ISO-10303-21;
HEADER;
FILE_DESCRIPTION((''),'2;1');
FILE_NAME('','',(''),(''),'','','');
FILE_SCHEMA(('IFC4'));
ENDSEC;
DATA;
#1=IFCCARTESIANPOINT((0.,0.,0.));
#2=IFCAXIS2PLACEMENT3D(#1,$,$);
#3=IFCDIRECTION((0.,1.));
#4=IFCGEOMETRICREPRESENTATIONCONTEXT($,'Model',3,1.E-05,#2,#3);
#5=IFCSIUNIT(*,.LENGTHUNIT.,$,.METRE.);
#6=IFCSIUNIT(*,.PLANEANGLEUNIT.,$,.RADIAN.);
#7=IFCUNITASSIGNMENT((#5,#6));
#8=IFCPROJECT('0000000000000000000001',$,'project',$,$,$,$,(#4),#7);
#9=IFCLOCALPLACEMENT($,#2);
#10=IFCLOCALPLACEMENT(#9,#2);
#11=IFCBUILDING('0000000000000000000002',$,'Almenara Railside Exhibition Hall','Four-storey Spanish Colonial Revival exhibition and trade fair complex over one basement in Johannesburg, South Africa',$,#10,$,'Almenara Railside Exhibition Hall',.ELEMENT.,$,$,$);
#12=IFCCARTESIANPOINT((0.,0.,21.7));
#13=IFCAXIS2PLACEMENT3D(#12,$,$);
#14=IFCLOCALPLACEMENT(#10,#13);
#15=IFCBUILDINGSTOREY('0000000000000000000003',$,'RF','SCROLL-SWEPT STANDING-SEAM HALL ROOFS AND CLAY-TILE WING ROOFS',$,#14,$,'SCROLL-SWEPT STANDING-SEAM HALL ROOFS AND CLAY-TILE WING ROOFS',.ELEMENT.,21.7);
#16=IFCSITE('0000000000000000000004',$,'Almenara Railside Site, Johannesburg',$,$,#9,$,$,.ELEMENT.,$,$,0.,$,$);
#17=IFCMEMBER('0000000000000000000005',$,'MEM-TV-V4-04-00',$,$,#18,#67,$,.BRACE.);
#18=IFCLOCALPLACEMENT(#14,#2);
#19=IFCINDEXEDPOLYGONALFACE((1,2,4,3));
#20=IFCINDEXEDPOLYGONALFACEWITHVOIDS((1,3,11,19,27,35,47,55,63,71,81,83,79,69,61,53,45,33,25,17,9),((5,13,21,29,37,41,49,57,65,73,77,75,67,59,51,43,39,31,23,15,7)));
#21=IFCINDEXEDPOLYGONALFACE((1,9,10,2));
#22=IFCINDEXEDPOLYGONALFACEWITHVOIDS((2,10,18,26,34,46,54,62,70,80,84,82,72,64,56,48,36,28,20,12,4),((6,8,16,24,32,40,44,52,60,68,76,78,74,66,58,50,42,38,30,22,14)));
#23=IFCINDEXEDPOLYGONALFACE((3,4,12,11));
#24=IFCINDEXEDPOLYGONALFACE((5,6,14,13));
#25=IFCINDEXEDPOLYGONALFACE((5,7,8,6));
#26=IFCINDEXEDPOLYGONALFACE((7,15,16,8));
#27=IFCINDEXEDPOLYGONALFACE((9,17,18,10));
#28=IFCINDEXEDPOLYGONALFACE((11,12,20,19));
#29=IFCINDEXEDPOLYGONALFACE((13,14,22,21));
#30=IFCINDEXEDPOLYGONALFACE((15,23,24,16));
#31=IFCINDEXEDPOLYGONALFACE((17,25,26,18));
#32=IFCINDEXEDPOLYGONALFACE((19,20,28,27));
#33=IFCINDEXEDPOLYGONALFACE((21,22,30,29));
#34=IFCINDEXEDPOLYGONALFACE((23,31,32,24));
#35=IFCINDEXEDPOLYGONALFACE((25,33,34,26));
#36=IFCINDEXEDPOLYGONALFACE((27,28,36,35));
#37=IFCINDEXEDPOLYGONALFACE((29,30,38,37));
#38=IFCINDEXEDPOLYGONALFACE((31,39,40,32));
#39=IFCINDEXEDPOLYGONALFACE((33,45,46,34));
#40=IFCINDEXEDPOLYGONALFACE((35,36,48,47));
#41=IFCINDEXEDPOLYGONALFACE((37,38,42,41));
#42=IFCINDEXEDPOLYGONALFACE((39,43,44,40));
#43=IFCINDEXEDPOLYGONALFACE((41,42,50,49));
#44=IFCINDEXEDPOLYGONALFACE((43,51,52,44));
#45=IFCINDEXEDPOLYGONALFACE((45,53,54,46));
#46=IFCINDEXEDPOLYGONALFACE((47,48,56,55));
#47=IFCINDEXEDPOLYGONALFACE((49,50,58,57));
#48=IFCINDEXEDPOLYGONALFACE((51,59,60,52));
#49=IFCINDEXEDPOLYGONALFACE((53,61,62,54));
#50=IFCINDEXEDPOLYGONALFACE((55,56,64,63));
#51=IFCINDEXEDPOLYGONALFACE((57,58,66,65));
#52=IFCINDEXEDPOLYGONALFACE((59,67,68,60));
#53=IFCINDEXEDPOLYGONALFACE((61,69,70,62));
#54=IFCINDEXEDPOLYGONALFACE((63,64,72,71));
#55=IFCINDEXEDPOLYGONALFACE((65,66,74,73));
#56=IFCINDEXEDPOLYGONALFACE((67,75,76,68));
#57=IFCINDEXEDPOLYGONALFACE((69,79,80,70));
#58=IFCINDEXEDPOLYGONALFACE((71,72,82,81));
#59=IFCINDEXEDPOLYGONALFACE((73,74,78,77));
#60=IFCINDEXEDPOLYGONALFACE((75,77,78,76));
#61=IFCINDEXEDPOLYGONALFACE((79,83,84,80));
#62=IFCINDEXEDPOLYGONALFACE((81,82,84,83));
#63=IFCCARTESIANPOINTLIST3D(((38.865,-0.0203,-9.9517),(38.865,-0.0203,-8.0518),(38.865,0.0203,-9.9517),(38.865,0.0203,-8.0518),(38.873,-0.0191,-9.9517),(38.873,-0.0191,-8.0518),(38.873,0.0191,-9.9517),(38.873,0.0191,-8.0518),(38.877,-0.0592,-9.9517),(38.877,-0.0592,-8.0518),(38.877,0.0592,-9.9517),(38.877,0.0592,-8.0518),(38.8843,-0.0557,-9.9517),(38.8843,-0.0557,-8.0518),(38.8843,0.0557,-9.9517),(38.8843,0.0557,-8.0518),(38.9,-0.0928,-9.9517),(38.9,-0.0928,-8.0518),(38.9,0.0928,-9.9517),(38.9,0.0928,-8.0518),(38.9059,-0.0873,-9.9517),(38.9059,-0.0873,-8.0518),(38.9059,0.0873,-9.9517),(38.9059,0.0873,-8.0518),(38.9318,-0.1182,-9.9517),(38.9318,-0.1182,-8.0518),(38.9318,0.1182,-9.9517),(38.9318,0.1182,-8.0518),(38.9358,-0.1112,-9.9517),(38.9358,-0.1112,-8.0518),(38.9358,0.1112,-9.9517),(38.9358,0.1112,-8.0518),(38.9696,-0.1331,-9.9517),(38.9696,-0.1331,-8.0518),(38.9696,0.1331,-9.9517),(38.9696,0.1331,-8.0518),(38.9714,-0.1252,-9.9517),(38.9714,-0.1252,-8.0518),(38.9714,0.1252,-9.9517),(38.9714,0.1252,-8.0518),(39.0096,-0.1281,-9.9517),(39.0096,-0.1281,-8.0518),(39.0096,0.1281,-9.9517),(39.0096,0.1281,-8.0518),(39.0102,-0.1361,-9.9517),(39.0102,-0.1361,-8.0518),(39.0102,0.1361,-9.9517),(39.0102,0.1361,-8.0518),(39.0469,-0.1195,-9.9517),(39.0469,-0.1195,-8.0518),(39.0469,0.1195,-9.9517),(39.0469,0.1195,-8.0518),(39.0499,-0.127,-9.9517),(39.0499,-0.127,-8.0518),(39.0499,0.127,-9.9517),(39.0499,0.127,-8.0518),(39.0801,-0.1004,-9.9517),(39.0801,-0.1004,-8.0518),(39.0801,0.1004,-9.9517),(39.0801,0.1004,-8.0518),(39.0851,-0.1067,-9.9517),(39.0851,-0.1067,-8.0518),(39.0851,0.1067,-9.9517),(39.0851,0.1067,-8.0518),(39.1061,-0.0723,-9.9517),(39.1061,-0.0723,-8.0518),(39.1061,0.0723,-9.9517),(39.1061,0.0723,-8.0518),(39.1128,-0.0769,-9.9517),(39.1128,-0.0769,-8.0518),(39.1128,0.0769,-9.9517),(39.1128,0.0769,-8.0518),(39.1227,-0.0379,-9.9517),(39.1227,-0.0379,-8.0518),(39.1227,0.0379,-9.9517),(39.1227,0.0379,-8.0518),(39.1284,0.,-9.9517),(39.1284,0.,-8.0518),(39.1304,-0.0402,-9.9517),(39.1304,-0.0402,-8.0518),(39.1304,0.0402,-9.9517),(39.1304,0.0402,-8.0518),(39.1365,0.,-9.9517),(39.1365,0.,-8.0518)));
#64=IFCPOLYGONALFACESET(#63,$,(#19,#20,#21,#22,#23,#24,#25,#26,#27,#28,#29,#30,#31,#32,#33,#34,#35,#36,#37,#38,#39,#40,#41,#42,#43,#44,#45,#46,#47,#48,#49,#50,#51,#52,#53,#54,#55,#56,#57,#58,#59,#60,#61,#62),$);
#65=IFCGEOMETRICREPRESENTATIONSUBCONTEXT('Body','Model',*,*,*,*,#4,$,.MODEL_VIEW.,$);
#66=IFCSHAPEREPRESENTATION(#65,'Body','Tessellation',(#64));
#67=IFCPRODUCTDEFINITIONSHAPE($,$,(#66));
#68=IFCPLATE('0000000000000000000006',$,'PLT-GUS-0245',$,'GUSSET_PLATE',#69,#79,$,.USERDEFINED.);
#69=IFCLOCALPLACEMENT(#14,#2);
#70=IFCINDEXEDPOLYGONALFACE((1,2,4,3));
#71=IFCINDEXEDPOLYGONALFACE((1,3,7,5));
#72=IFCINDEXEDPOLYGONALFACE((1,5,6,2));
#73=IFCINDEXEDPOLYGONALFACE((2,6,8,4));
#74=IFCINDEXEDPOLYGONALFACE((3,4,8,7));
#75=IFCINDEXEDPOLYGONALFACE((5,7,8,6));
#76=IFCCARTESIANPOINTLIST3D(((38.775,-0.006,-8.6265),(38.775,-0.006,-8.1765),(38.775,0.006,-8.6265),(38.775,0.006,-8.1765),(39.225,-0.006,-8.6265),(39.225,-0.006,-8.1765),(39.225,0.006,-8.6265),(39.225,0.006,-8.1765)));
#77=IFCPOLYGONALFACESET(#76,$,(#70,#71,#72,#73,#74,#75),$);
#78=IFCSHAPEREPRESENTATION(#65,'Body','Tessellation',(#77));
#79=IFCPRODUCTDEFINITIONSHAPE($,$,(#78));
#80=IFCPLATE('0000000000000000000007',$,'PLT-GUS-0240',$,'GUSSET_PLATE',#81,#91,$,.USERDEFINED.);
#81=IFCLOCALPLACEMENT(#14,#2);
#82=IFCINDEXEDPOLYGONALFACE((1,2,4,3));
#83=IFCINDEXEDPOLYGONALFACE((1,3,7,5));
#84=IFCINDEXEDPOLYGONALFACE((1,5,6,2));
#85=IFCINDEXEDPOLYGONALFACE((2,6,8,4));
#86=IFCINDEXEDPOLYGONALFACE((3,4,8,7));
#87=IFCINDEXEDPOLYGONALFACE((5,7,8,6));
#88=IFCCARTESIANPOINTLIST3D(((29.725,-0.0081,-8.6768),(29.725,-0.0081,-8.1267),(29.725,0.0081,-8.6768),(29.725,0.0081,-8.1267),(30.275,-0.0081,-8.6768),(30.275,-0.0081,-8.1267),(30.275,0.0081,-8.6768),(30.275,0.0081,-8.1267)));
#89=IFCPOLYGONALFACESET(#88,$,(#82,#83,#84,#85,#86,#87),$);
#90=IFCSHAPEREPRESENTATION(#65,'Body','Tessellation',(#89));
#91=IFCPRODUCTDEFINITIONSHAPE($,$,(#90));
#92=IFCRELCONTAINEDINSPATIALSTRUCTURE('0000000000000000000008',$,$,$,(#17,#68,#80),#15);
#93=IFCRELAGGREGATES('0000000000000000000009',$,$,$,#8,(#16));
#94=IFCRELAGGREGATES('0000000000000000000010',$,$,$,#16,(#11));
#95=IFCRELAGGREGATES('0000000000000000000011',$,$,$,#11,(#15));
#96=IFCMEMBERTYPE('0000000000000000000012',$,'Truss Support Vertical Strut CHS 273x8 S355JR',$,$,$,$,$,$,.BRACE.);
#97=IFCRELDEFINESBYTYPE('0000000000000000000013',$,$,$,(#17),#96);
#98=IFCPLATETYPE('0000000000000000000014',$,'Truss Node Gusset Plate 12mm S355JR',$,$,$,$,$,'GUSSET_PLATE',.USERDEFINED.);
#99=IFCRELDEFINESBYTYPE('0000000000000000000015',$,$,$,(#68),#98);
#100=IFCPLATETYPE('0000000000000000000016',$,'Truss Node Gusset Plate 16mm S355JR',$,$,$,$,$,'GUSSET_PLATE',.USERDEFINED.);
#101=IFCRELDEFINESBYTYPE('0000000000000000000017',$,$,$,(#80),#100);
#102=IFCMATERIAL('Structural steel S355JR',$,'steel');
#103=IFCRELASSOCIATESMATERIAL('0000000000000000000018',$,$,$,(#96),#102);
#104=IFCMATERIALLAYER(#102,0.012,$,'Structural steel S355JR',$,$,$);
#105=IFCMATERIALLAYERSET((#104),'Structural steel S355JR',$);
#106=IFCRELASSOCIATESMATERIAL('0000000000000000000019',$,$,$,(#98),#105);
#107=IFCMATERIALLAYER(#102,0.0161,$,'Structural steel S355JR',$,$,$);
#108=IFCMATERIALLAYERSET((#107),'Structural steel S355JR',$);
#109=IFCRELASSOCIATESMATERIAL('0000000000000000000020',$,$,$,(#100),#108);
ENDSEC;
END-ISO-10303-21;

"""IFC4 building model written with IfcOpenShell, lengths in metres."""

from ifc_helpers import new_model, si_unit, direction, frame, origin, origin_2d, place, context, subcontext, project, spatial, rectangle, hollow_circle, extrude, material, layer, layer_set, material_profile, profile_set, type_object, element, save


model = new_model("IFC4")

# Units and contexts
model_context = context("Model", 3, precision=1e-05, world=origin(), true_north=direction((0.0, 1.0)))
body_context = subcontext(model_context, "Body", "Model", "MODEL_VIEW")
ifc_project = project(units=[si_unit("LENGTHUNIT", "METRE"), si_unit("PLANEANGLEUNIT", "RADIAN")], contexts=[model_context])

# Site, building, storey
site_placement = place(None, origin())
site = spatial("IfcSite", under=ifc_project, at=site_placement, Name="Almenara Railside Site, Johannesburg", CompositionType="ELEMENT", RefElevation=0.0)
building_placement = place(site_placement, origin())
building = spatial("IfcBuilding", under=site, at=building_placement, Name="Almenara Railside Exhibition Hall", Description="Four-storey Spanish Colonial Revival exhibition and trade fair complex over one basement in Johannesburg, South Africa", LongName="Almenara Railside Exhibition Hall", CompositionType="ELEMENT")
storey_placement = place(building_placement, frame((0.0, 0.0, 21.7)))
storey = spatial("IfcBuildingStorey", under=building, at=storey_placement, Name="RF", Description="SCROLL-SWEPT STANDING-SEAM HALL ROOFS AND CLAY-TILE WING ROOFS", LongName="SCROLL-SWEPT STANDING-SEAM HALL ROOFS AND CLAY-TILE WING ROOFS", CompositionType="ELEMENT", Elevation=21.7)

# Shared definitions
ifc_material = material(Name="Structural steel S355JR", Category="steel")

# Member
ifc_material_profile_1 = material_profile(ifc_material, hollow_circle(Radius=0.1365, WallThickness=0.0081, at=origin_2d()), Name="CHS 273x8")
ifc_profile_set_1 = profile_set([ifc_material_profile_1], Name="Structural steel S355JR")
member_type_1 = type_object("IfcMemberType", Name="Truss Support Vertical Strut CHS 273x8 S355JR", PredefinedType="BRACE", material=ifc_profile_set_1)
for number, where, z_axis, x_axis, name in (
    (1, (39.0, 0.0, -9.9517), (0.0, 0.0, 1.0), (1.0, 0.0, 0.0), "MEM-TV-V4-04-00"),
):
    element("IfcMember", number, at=place(storey_placement, frame(where, z_axis=z_axis, x_axis=x_axis)), inside=storey, type_object=member_type_1, Name=name, PredefinedType="BRACE", context=body_context, shape_type="SweptSolid", body=[
        extrude(hollow_circle(Radius=0.1365, WallThickness=0.0081, at=origin_2d()), origin(), (0.0, 0.0, 1.0), 1.8999),
    ])

# Plates
ifc_layer_1 = layer(ifc_material, 0.012, Name="Structural steel S355JR")
ifc_layer_set_1 = layer_set([ifc_layer_1], Name="Structural steel S355JR")
plate_type_1 = type_object("IfcPlateType", Name="Truss Node Gusset Plate 12mm S355JR", ElementType="GUSSET_PLATE", PredefinedType="USERDEFINED", material=ifc_layer_set_1)
plate_1_placement = place(storey_placement, frame((39.0, 0.0, -8.6265), z_axis=(0.0, 0.0, 1.0), x_axis=(1.0, 0.0, 0.0)))
element("IfcPlate", 2, at=plate_1_placement, inside=storey, type_object=plate_type_1, Name="PLT-GUS-0245", ObjectType="GUSSET_PLATE", PredefinedType="USERDEFINED", context=body_context, shape_type="SweptSolid", body=[
    extrude(rectangle(XDim=0.45, YDim=0.012, at=origin_2d()), origin(), (0.0, 0.0, 1.0), 0.45),
])
ifc_layer_2 = layer(ifc_material, 0.0161, Name="Structural steel S355JR")
ifc_layer_set_2 = layer_set([ifc_layer_2], Name="Structural steel S355JR")
plate_type_2 = type_object("IfcPlateType", Name="Truss Node Gusset Plate 16mm S355JR", ElementType="GUSSET_PLATE", PredefinedType="USERDEFINED", material=ifc_layer_set_2)
plate_2_placement = place(storey_placement, frame((30.0, 0.0, -8.6768), z_axis=(0.0, 0.0, 1.0), x_axis=(1.0, 0.0, 0.0)))
element("IfcPlate", 3, at=plate_2_placement, inside=storey, type_object=plate_type_2, Name="PLT-GUS-0240", ObjectType="GUSSET_PLATE", PredefinedType="USERDEFINED", context=body_context, shape_type="SweptSolid", body=[
    extrude(rectangle(XDim=0.55, YDim=0.0161, at=origin_2d()), origin(), (0.0, 0.0, 1.0), 0.55),
])

save(model, "model.ifc")
